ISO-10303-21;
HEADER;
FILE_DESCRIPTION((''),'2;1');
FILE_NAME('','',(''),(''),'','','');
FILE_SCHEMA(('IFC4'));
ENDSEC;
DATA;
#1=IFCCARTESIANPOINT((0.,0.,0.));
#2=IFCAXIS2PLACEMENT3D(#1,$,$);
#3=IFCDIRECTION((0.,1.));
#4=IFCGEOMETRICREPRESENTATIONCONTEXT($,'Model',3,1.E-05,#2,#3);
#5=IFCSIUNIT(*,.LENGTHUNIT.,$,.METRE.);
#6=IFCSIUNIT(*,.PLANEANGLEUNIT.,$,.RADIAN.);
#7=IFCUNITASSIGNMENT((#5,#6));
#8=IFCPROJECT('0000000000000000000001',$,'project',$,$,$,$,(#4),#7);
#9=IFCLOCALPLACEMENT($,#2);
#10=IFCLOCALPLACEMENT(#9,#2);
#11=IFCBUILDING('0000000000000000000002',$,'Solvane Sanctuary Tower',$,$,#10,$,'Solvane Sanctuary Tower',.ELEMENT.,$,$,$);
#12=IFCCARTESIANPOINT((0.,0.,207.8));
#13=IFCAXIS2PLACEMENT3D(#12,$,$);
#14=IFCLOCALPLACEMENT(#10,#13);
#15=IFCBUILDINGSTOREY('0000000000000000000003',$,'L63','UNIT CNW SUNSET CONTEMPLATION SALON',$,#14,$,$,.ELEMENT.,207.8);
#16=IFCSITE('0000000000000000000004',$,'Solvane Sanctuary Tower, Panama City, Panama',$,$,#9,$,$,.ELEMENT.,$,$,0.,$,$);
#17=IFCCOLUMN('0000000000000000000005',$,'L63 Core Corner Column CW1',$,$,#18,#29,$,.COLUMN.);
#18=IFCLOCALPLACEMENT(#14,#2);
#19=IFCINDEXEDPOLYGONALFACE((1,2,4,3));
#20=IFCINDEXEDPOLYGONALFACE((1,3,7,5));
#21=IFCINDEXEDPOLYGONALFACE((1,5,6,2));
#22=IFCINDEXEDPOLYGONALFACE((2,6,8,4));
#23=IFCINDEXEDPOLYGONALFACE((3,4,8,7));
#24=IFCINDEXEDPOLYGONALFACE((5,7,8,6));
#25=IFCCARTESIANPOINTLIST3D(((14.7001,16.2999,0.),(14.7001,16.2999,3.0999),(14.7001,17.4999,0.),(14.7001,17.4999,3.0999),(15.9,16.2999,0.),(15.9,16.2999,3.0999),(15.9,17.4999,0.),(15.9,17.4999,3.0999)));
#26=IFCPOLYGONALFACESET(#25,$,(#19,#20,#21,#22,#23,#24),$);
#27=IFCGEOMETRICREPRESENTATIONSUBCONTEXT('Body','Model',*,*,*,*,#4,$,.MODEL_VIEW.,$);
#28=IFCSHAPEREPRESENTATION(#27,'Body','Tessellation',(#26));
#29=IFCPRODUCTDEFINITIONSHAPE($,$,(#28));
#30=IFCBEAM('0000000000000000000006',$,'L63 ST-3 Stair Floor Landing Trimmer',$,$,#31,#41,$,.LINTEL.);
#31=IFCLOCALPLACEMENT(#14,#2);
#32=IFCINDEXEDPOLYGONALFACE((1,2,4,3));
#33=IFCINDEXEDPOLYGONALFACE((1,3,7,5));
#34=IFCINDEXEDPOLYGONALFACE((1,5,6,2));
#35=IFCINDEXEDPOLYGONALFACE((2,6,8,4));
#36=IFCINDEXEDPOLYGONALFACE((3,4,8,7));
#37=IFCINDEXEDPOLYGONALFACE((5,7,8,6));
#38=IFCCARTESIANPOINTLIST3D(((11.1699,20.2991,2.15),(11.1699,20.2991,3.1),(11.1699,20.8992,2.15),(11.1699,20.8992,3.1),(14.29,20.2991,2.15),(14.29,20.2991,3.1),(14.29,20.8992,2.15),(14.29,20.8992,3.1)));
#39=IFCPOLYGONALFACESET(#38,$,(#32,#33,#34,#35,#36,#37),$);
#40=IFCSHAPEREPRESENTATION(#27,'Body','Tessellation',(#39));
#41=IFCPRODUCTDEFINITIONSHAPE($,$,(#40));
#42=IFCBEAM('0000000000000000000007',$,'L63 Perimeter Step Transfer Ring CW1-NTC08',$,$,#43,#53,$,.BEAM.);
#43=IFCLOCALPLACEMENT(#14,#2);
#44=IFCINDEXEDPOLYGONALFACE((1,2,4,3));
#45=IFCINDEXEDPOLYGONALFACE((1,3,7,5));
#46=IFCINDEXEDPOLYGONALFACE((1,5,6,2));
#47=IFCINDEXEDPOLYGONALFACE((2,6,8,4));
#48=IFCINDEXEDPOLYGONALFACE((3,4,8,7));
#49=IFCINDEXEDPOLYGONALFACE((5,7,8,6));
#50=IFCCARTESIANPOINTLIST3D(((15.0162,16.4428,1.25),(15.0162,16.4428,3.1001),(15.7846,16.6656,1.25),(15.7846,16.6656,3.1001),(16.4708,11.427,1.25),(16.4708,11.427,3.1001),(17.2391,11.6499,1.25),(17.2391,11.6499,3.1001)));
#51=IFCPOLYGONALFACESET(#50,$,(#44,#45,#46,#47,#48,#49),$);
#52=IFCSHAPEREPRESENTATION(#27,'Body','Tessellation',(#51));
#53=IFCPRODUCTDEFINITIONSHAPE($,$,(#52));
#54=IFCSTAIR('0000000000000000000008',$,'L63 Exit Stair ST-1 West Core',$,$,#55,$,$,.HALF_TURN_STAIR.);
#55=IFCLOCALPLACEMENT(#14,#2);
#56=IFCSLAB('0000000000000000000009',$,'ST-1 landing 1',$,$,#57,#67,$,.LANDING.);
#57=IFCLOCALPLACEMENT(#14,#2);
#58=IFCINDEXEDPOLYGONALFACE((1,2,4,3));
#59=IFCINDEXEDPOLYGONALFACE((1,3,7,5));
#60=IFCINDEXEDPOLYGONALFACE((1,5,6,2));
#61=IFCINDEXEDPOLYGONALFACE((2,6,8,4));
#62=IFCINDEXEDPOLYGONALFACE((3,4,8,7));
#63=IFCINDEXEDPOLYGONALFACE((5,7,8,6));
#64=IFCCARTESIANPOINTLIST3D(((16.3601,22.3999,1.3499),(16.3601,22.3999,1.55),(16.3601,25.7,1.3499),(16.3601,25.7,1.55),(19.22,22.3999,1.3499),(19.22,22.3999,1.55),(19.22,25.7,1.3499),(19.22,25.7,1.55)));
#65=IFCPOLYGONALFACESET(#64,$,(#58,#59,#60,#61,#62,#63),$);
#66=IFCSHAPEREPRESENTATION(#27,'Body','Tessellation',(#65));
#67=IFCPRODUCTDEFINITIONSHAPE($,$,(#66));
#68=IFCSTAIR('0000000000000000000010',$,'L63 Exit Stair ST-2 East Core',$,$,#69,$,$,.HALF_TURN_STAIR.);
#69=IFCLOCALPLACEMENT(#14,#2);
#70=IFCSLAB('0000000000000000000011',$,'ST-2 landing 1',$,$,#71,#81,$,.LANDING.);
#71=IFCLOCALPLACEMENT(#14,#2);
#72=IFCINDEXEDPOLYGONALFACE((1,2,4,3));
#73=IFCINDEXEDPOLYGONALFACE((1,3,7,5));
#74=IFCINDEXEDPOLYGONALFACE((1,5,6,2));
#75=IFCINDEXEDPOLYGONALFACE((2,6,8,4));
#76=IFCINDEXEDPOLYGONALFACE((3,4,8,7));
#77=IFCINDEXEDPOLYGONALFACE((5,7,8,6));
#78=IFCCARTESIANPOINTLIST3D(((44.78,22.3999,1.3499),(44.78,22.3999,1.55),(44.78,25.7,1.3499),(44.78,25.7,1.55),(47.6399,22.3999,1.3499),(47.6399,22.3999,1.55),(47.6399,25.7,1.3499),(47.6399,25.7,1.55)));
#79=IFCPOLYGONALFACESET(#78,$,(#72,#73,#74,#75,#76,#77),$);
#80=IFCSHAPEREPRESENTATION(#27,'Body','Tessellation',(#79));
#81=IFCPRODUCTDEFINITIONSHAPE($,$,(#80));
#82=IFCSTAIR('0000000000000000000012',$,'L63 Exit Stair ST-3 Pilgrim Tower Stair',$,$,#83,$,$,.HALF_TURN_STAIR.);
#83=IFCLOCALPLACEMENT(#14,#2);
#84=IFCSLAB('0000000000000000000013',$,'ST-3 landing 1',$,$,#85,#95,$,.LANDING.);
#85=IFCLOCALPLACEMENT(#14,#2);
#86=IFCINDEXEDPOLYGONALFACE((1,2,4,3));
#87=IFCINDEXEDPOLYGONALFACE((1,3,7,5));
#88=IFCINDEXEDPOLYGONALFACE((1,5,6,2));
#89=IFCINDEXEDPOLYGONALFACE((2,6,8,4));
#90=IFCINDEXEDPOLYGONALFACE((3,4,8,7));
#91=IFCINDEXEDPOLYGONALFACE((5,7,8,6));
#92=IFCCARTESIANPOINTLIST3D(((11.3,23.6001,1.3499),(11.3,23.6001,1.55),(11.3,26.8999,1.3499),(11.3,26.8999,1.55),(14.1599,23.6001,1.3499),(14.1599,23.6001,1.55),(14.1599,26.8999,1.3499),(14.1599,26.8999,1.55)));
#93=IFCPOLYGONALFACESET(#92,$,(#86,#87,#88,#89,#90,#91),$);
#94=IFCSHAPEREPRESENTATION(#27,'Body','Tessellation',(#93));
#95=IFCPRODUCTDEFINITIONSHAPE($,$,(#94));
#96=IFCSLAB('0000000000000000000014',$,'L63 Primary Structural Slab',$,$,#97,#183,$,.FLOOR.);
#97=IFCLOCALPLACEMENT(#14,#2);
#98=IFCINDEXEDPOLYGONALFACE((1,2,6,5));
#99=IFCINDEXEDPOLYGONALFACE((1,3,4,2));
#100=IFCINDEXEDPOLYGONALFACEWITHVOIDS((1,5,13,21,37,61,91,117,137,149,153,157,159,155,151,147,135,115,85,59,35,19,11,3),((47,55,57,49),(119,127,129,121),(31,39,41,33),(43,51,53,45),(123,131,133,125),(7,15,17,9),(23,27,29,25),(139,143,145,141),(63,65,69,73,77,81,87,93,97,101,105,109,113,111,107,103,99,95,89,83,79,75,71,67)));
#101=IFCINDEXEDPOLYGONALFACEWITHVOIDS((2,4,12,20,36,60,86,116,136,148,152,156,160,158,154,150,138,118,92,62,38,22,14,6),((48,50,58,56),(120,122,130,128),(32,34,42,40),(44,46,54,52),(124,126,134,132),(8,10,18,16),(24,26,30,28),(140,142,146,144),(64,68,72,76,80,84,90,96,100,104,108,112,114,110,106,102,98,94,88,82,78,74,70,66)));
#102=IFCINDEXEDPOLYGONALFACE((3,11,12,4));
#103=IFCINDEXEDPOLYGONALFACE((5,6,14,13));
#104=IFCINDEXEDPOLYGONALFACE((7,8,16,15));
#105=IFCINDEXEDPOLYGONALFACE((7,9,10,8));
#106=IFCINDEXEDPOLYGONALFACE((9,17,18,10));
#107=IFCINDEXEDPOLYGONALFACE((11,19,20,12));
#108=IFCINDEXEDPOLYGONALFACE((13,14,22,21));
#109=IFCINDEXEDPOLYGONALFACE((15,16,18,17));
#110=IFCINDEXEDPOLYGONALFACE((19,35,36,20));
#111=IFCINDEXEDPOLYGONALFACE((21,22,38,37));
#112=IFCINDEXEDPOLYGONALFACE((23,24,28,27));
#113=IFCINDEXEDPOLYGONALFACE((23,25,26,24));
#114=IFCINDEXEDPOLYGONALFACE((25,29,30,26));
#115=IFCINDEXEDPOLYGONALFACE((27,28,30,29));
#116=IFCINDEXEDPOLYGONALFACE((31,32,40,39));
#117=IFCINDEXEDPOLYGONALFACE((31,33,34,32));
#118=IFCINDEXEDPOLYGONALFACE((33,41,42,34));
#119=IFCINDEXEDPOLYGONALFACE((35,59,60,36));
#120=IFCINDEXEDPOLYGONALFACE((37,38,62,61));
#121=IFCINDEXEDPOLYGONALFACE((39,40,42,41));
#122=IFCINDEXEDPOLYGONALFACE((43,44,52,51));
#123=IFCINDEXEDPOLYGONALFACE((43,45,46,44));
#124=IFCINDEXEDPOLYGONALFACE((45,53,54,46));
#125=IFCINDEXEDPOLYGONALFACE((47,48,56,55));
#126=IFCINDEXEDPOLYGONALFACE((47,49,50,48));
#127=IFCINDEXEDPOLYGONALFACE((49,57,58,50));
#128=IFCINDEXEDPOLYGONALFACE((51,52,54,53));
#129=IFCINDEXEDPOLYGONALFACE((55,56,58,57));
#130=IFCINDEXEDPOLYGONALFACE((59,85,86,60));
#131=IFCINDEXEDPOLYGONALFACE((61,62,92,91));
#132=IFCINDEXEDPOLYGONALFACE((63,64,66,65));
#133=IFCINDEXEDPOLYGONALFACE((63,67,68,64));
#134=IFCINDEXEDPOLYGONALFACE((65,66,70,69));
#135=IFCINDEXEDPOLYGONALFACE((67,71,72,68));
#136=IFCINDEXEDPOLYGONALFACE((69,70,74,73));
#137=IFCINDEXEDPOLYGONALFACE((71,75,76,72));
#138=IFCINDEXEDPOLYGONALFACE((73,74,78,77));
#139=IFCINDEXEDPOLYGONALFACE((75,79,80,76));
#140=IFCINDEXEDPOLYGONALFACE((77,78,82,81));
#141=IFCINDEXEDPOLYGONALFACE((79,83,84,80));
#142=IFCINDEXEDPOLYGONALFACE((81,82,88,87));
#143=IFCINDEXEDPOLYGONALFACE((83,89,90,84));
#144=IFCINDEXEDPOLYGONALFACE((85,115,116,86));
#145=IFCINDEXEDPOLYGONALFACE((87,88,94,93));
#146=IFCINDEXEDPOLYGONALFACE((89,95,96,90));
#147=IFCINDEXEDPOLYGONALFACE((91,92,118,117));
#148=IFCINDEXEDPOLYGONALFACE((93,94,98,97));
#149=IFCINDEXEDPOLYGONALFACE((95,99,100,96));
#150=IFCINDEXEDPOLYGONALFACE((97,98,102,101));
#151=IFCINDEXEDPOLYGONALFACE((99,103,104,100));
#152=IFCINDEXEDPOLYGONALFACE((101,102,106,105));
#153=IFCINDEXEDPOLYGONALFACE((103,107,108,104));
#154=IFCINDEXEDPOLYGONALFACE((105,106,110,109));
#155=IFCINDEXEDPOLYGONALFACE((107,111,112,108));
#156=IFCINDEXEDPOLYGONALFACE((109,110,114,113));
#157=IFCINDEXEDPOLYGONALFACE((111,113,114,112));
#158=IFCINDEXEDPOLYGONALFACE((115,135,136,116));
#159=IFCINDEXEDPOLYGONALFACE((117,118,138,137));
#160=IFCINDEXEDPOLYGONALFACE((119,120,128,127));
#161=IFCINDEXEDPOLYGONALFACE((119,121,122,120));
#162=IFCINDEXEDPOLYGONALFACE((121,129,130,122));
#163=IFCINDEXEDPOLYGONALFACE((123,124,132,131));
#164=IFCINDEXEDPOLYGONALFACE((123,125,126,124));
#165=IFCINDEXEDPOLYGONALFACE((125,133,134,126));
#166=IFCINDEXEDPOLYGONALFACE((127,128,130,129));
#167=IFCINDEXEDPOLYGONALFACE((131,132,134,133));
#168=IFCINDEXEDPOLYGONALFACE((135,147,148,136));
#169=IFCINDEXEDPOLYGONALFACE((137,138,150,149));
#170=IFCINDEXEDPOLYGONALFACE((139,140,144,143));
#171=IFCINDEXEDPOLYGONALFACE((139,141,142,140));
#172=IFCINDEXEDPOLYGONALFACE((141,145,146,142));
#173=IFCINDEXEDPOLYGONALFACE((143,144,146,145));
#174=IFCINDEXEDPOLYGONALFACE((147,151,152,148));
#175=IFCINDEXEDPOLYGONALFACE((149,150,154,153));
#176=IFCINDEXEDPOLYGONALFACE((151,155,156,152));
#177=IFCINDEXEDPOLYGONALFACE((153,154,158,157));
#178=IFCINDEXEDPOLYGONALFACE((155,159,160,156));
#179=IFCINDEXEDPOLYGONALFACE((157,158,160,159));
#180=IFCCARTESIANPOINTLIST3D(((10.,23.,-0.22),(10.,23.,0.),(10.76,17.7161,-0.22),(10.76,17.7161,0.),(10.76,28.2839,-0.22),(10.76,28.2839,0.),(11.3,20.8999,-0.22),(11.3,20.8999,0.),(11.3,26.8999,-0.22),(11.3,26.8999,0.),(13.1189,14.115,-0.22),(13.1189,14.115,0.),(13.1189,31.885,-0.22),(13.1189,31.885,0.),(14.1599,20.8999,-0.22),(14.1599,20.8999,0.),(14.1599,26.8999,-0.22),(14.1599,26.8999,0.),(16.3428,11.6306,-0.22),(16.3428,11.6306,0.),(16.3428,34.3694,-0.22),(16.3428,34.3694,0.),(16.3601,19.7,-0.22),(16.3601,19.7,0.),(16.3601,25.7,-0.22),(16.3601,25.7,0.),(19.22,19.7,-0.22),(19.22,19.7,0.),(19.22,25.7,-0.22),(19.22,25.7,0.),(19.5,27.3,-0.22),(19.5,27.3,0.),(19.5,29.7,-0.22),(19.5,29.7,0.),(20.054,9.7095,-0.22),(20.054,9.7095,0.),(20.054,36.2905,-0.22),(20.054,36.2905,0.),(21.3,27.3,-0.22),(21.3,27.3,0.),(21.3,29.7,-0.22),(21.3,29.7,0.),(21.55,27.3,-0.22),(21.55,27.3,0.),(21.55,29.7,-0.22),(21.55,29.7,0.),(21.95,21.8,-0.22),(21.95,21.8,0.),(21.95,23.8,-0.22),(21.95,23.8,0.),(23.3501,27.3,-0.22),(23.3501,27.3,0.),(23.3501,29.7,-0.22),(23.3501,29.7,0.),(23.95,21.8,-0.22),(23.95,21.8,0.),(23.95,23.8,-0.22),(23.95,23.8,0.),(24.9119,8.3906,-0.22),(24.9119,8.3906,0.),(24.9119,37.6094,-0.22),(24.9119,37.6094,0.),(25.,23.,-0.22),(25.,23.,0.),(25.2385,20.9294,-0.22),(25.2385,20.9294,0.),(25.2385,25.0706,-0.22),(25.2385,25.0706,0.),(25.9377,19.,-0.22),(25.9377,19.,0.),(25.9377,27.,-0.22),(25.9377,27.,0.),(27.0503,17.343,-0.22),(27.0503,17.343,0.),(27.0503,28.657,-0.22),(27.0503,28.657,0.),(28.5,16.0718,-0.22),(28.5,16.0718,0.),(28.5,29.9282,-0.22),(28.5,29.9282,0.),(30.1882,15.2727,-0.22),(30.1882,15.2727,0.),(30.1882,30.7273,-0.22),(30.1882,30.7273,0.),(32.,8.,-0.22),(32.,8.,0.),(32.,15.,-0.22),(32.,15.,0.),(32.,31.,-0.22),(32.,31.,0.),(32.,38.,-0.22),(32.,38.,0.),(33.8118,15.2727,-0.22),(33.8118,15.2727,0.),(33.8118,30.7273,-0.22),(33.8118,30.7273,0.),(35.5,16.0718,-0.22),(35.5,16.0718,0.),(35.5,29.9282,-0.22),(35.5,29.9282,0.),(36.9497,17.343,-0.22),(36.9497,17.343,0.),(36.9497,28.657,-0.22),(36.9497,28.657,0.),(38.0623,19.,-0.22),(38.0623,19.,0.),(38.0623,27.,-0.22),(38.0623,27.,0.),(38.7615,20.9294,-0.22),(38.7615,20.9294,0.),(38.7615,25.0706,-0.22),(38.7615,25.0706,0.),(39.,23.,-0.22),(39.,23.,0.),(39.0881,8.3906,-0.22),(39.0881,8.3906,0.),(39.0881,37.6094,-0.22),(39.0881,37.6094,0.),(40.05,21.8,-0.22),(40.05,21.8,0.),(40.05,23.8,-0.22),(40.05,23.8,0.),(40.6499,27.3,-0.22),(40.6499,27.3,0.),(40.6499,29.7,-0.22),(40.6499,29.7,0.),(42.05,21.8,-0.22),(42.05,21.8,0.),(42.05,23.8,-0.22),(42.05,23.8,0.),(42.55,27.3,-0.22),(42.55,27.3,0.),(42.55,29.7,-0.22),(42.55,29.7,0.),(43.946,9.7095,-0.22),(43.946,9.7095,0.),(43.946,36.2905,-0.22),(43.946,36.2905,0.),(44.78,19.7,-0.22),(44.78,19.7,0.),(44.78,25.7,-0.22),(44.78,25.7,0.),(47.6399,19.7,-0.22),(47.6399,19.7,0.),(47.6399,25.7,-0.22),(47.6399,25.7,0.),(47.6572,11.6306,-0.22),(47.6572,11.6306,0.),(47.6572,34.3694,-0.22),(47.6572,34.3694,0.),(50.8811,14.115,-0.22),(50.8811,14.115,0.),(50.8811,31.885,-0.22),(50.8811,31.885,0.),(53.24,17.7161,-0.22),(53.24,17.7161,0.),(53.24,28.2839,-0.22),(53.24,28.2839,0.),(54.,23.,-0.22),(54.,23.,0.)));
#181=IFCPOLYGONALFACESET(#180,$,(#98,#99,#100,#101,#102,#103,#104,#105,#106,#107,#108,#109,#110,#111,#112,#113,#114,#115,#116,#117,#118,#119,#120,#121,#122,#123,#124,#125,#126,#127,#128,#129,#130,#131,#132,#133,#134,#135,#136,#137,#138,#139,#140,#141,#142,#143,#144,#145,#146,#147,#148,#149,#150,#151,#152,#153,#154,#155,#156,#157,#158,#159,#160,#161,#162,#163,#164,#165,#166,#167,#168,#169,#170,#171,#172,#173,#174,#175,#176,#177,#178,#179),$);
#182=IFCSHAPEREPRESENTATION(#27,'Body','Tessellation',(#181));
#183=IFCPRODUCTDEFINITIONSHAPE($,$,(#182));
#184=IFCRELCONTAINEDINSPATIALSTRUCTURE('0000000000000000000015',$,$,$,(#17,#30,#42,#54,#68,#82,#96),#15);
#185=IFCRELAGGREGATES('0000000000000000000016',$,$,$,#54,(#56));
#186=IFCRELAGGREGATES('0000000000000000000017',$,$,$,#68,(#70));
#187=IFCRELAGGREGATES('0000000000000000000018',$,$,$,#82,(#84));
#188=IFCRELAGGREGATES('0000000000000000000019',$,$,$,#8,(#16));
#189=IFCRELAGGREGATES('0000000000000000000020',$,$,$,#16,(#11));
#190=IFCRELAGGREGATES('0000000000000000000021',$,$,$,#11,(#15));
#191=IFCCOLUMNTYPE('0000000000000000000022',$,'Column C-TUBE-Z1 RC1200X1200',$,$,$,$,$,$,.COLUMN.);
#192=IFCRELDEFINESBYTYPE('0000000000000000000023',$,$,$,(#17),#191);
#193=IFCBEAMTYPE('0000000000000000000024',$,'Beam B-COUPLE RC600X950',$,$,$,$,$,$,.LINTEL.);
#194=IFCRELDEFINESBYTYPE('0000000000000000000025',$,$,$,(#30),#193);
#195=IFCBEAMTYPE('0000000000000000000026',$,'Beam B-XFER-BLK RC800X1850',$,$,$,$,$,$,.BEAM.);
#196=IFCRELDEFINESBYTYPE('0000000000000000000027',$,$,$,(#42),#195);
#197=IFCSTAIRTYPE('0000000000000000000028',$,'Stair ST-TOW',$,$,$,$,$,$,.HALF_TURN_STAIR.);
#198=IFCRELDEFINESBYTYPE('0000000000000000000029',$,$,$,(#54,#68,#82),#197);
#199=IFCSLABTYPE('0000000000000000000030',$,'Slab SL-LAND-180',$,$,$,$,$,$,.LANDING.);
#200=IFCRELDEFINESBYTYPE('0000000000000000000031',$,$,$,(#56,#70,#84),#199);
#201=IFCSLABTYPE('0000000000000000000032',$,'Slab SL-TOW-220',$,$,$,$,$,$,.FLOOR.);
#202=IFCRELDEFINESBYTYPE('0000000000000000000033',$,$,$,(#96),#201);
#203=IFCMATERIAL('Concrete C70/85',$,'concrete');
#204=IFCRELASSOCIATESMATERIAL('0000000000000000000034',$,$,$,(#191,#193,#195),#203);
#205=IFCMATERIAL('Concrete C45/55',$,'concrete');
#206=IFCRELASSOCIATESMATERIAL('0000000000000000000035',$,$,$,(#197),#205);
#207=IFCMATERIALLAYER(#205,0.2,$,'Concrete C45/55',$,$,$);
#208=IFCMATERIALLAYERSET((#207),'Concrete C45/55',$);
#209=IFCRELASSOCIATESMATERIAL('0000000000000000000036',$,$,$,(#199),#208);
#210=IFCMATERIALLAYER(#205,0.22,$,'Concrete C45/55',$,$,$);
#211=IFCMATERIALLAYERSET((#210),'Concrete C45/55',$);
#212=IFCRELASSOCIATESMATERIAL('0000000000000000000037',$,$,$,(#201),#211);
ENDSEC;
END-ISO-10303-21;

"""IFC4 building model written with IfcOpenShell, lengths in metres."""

from ifc_helpers import new_model, si_unit, direction, frame, origin, origin_2d, place, context, subcontext, project, spatial, polyline, rectangle, outline, extrude, material, layer, layer_set, material_profile, profile_set, type_object, element, aggregate, save


model = new_model("IFC4")

# Units and contexts
model_context = context("Model", 3, precision=1e-05, world=origin(), true_north=direction((0.0, 1.0)))
body_context = subcontext(model_context, "Body", "Model", "MODEL_VIEW")
ifc_project = project(units=[si_unit("LENGTHUNIT", "METRE"), si_unit("PLANEANGLEUNIT", "RADIAN")], contexts=[model_context])

# Site, building, storey
site_placement = place(None, origin())
site = spatial("IfcSite", under=ifc_project, at=site_placement, Name="Solvane Sanctuary Tower, Panama City, Panama", CompositionType="ELEMENT", RefElevation=0.0)
building_placement = place(site_placement, origin())
building = spatial("IfcBuilding", under=site, at=building_placement, Name="Solvane Sanctuary Tower", LongName="Solvane Sanctuary Tower", CompositionType="ELEMENT")
storey_placement = place(building_placement, frame((0.0, 0.0, 207.8)))
storey = spatial("IfcBuildingStorey", under=building, at=storey_placement, Name="L63", Description="UNIT CNW SUNSET CONTEMPLATION SALON", CompositionType="ELEMENT", Elevation=207.8)

# Column
ifc_material_1 = material(Name="Concrete C70/85", Category="concrete")
ifc_material_profile_1 = material_profile(ifc_material_1, rectangle(XDim=1.2, YDim=1.2, at=origin_2d()), Name="RC1200X1200")
ifc_profile_set_1 = profile_set([ifc_material_profile_1], Name="Concrete C70/85")
column_type = type_object("IfcColumnType", Name="Column C-TUBE-Z1 RC1200X1200", PredefinedType="COLUMN", material=ifc_profile_set_1)
column_placement = place(storey_placement, frame((15.3, 16.8999, 0.0), z_axis=(0.0, 0.0, 1.0), x_axis=(1.0, 0.0, 0.0)))
element("IfcColumn", 1, at=column_placement, inside=storey, type_object=column_type, Name="L63 Core Corner Column CW1", PredefinedType="COLUMN", context=body_context, shape_type="SweptSolid", body=[
    extrude(rectangle(XDim=1.2, YDim=1.2, at=origin_2d()), origin(), (0.0, 0.0, 1.0), 3.0999),
])

# Beams
ifc_material_profile_2 = material_profile(ifc_material_1, rectangle(XDim=0.6001, YDim=0.95, at=origin_2d()), Name="RC600X950")
ifc_profile_set_2 = profile_set([ifc_material_profile_2], Name="Concrete C70/85")
beam_type_1 = type_object("IfcBeamType", Name="Beam B-COUPLE RC600X950", PredefinedType="LINTEL", material=ifc_profile_set_2)
beam_1_placement = place(storey_placement, frame((11.1699, 20.5991, 2.625), z_axis=(1.0, 0.0, 0.0), x_axis=(0.0, 1.0, 0.0)))
element("IfcBeam", 2, at=beam_1_placement, inside=storey, type_object=beam_type_1, Name="L63 ST-3 Stair Floor Landing Trimmer", PredefinedType="LINTEL", context=body_context, shape_type="SweptSolid", body=[
    extrude(rectangle(XDim=0.6001, YDim=0.95, at=origin_2d()), origin(), (0.0, 0.0, 1.0), 3.1201),
])
ifc_material_profile_3 = material_profile(ifc_material_1, rectangle(XDim=0.8, YDim=1.8501, at=origin_2d()), Name="RC800X1850")
ifc_profile_set_3 = profile_set([ifc_material_profile_3], Name="Concrete C70/85")
beam_type_2 = type_object("IfcBeamType", Name="Beam B-XFER-BLK RC800X1850", PredefinedType="BEAM", material=ifc_profile_set_3)
beam_2_placement = place(storey_placement, frame((15.4004, 16.5542, 2.175), z_axis=(0.278522, -0.96043, 0.0), x_axis=(0.96043, 0.278522, 0.0)))
element("IfcBeam", 3, at=beam_2_placement, inside=storey, type_object=beam_type_2, Name="L63 Perimeter Step Transfer Ring CW1-NTC08", PredefinedType="BEAM", context=body_context, shape_type="SweptSolid", body=[
    extrude(rectangle(XDim=0.8, YDim=1.8501, at=origin_2d()), origin(), (0.0, 0.0, 1.0), 5.2224),
])

# Stairs, slabs
ifc_material_2 = material(Name="Concrete C45/55", Category="concrete")
stair_type = type_object("IfcStairType", Name="Stair ST-TOW", PredefinedType="HALF_TURN_STAIR", material=ifc_material_2)
stair_1_placement = place(storey_placement, origin())
stair_1 = element("IfcStair", 4, at=stair_1_placement, inside=storey, type_object=stair_type, Name="L63 Exit Stair ST-1 West Core", PredefinedType="HALF_TURN_STAIR")
ifc_layer_1 = layer(ifc_material_2, 0.2, Name="Concrete C45/55")
ifc_layer_set_1 = layer_set([ifc_layer_1], Name="Concrete C45/55")
slab_type_1 = type_object("IfcSlabType", Name="Slab SL-LAND-180", PredefinedType="LANDING", material=ifc_layer_set_1)
slab_1_placement = place(storey_placement, frame((0.0, 0.0, 1.3499)))
slab_1 = element("IfcSlab", 5, at=slab_1_placement, type_object=slab_type_1, Name="ST-1 landing 1", PredefinedType="LANDING", context=body_context, shape_type="SweptSolid", body=[
    extrude(outline(polyline([(19.22, 22.3999), (19.22, 25.7), (16.3601, 25.7), (16.3601, 22.3999), (19.22, 22.3999)])), origin(), (0.0, 0.0, 1.0), 0.2002),
])
aggregate(stair_1, [slab_1])
stair_2_placement = place(storey_placement, origin())
stair_2 = element("IfcStair", 6, at=stair_2_placement, inside=storey, type_object=stair_type, Name="L63 Exit Stair ST-2 East Core", PredefinedType="HALF_TURN_STAIR")
slab_2_placement = place(storey_placement, frame((0.0, 0.0, 1.3499)))
slab_2 = element("IfcSlab", 7, at=slab_2_placement, type_object=slab_type_1, Name="ST-2 landing 1", PredefinedType="LANDING", context=body_context, shape_type="SweptSolid", body=[
    extrude(outline(polyline([(47.6399, 22.3999), (47.6399, 25.7), (44.78, 25.7), (44.78, 22.3999), (47.6399, 22.3999)])), origin(), (0.0, 0.0, 1.0), 0.2002),
])
aggregate(stair_2, [slab_2])
stair_3_placement = place(storey_placement, origin())
stair_3 = element("IfcStair", 8, at=stair_3_placement, inside=storey, type_object=stair_type, Name="L63 Exit Stair ST-3 Pilgrim Tower Stair", PredefinedType="HALF_TURN_STAIR")
slab_3_placement = place(storey_placement, frame((0.0, 0.0, 1.3499)))
slab_3 = element("IfcSlab", 9, at=slab_3_placement, type_object=slab_type_1, Name="ST-3 landing 1", PredefinedType="LANDING", context=body_context, shape_type="SweptSolid", body=[
    extrude(outline(polyline([(14.1599, 23.6001), (14.1599, 26.8999), (11.3, 26.8999), (11.3, 23.6001), (14.1599, 23.6001)])), origin(), (0.0, 0.0, 1.0), 0.2002),
])
aggregate(stair_3, [slab_3])

# Slab
ifc_layer_2 = layer(ifc_material_2, 0.22, Name="Concrete C45/55")
ifc_layer_set_2 = layer_set([ifc_layer_2], Name="Concrete C45/55")
slab_type_2 = type_object("IfcSlabType", Name="Slab SL-TOW-220", PredefinedType="FLOOR", material=ifc_layer_set_2)
slab_4_placement = place(storey_placement, frame((0.0, 0.0, -0.22)))
element("IfcSlab", 10, at=slab_4_placement, inside=storey, type_object=slab_type_2, Name="L63 Primary Structural Slab", PredefinedType="FLOOR", context=body_context, shape_type="SweptSolid", body=[
    extrude(outline(polyline([(54.0, 23.0), (53.24, 28.2839), (50.8811, 31.885), (47.6572, 34.3694), (43.946, 36.2905), (39.0881, 37.6094), (32.0, 38.0), (24.9119, 37.6094), (20.054, 36.2905), (16.3428, 34.3694), (13.1189, 31.885), (10.76, 28.2839), (10.0, 23.0), (10.76, 17.7161), (13.1189, 14.115), (16.3428, 11.6306), (20.054, 9.7095), (24.9119, 8.3906), (32.0, 8.0), (39.0881, 8.3906), (43.946, 9.7095), (47.6572, 11.6306), (50.8811, 14.115), (53.24, 17.7161), (54.0, 23.0)]), holes=[polyline([(38.7615, 20.9294), (38.0623, 19.0), (36.9497, 17.343), (35.5, 16.0718), (33.8118, 15.2727), (32.0, 15.0), (30.1882, 15.2727), (28.5, 16.0718), (27.0503, 17.343), (25.9377, 19.0), (25.2385, 20.9294), (25.0, 23.0), (25.2385, 25.0706), (25.9377, 27.0), (27.0503, 28.657), (28.5, 29.9282), (30.1882, 30.7273), (32.0, 31.0), (33.8118, 30.7273), (35.5, 29.9282), (36.9497, 28.657), (38.0623, 27.0), (38.7615, 25.0706), (39.0, 23.0), (38.7615, 20.9294)]), polyline([(16.3601, 19.7), (16.3601, 25.7), (19.22, 25.7), (19.22, 19.7), (16.3601, 19.7)]), polyline([(44.78, 19.7), (44.78, 25.7), (47.6399, 25.7), (47.6399, 19.7), (44.78, 19.7)]), polyline([(11.3, 20.8999), (11.3, 26.8999), (14.1599, 26.8999), (14.1599, 20.8999), (11.3, 20.8999)]), polyline([(21.95, 23.8), (23.95, 23.8), (23.95, 21.8), (21.95, 21.8), (21.95, 23.8)]), polyline([(40.05, 23.8), (42.05, 23.8), (42.05, 21.8), (40.05, 21.8), (40.05, 23.8)]), polyline([(19.5, 29.7), (21.3, 29.7), (21.3, 27.3), (19.5, 27.3), (19.5, 29.7)]), polyline([(21.55, 29.7), (23.3501, 29.7), (23.3501, 27.3), (21.55, 27.3), (21.55, 29.7)]), polyline([(40.6499, 29.7), (42.55, 29.7), (42.55, 27.3), (40.6499, 27.3), (40.6499, 29.7)])]), origin(), (0.0, 0.0, 1.0), 0.22),
])

save(model, "model.ifc")
